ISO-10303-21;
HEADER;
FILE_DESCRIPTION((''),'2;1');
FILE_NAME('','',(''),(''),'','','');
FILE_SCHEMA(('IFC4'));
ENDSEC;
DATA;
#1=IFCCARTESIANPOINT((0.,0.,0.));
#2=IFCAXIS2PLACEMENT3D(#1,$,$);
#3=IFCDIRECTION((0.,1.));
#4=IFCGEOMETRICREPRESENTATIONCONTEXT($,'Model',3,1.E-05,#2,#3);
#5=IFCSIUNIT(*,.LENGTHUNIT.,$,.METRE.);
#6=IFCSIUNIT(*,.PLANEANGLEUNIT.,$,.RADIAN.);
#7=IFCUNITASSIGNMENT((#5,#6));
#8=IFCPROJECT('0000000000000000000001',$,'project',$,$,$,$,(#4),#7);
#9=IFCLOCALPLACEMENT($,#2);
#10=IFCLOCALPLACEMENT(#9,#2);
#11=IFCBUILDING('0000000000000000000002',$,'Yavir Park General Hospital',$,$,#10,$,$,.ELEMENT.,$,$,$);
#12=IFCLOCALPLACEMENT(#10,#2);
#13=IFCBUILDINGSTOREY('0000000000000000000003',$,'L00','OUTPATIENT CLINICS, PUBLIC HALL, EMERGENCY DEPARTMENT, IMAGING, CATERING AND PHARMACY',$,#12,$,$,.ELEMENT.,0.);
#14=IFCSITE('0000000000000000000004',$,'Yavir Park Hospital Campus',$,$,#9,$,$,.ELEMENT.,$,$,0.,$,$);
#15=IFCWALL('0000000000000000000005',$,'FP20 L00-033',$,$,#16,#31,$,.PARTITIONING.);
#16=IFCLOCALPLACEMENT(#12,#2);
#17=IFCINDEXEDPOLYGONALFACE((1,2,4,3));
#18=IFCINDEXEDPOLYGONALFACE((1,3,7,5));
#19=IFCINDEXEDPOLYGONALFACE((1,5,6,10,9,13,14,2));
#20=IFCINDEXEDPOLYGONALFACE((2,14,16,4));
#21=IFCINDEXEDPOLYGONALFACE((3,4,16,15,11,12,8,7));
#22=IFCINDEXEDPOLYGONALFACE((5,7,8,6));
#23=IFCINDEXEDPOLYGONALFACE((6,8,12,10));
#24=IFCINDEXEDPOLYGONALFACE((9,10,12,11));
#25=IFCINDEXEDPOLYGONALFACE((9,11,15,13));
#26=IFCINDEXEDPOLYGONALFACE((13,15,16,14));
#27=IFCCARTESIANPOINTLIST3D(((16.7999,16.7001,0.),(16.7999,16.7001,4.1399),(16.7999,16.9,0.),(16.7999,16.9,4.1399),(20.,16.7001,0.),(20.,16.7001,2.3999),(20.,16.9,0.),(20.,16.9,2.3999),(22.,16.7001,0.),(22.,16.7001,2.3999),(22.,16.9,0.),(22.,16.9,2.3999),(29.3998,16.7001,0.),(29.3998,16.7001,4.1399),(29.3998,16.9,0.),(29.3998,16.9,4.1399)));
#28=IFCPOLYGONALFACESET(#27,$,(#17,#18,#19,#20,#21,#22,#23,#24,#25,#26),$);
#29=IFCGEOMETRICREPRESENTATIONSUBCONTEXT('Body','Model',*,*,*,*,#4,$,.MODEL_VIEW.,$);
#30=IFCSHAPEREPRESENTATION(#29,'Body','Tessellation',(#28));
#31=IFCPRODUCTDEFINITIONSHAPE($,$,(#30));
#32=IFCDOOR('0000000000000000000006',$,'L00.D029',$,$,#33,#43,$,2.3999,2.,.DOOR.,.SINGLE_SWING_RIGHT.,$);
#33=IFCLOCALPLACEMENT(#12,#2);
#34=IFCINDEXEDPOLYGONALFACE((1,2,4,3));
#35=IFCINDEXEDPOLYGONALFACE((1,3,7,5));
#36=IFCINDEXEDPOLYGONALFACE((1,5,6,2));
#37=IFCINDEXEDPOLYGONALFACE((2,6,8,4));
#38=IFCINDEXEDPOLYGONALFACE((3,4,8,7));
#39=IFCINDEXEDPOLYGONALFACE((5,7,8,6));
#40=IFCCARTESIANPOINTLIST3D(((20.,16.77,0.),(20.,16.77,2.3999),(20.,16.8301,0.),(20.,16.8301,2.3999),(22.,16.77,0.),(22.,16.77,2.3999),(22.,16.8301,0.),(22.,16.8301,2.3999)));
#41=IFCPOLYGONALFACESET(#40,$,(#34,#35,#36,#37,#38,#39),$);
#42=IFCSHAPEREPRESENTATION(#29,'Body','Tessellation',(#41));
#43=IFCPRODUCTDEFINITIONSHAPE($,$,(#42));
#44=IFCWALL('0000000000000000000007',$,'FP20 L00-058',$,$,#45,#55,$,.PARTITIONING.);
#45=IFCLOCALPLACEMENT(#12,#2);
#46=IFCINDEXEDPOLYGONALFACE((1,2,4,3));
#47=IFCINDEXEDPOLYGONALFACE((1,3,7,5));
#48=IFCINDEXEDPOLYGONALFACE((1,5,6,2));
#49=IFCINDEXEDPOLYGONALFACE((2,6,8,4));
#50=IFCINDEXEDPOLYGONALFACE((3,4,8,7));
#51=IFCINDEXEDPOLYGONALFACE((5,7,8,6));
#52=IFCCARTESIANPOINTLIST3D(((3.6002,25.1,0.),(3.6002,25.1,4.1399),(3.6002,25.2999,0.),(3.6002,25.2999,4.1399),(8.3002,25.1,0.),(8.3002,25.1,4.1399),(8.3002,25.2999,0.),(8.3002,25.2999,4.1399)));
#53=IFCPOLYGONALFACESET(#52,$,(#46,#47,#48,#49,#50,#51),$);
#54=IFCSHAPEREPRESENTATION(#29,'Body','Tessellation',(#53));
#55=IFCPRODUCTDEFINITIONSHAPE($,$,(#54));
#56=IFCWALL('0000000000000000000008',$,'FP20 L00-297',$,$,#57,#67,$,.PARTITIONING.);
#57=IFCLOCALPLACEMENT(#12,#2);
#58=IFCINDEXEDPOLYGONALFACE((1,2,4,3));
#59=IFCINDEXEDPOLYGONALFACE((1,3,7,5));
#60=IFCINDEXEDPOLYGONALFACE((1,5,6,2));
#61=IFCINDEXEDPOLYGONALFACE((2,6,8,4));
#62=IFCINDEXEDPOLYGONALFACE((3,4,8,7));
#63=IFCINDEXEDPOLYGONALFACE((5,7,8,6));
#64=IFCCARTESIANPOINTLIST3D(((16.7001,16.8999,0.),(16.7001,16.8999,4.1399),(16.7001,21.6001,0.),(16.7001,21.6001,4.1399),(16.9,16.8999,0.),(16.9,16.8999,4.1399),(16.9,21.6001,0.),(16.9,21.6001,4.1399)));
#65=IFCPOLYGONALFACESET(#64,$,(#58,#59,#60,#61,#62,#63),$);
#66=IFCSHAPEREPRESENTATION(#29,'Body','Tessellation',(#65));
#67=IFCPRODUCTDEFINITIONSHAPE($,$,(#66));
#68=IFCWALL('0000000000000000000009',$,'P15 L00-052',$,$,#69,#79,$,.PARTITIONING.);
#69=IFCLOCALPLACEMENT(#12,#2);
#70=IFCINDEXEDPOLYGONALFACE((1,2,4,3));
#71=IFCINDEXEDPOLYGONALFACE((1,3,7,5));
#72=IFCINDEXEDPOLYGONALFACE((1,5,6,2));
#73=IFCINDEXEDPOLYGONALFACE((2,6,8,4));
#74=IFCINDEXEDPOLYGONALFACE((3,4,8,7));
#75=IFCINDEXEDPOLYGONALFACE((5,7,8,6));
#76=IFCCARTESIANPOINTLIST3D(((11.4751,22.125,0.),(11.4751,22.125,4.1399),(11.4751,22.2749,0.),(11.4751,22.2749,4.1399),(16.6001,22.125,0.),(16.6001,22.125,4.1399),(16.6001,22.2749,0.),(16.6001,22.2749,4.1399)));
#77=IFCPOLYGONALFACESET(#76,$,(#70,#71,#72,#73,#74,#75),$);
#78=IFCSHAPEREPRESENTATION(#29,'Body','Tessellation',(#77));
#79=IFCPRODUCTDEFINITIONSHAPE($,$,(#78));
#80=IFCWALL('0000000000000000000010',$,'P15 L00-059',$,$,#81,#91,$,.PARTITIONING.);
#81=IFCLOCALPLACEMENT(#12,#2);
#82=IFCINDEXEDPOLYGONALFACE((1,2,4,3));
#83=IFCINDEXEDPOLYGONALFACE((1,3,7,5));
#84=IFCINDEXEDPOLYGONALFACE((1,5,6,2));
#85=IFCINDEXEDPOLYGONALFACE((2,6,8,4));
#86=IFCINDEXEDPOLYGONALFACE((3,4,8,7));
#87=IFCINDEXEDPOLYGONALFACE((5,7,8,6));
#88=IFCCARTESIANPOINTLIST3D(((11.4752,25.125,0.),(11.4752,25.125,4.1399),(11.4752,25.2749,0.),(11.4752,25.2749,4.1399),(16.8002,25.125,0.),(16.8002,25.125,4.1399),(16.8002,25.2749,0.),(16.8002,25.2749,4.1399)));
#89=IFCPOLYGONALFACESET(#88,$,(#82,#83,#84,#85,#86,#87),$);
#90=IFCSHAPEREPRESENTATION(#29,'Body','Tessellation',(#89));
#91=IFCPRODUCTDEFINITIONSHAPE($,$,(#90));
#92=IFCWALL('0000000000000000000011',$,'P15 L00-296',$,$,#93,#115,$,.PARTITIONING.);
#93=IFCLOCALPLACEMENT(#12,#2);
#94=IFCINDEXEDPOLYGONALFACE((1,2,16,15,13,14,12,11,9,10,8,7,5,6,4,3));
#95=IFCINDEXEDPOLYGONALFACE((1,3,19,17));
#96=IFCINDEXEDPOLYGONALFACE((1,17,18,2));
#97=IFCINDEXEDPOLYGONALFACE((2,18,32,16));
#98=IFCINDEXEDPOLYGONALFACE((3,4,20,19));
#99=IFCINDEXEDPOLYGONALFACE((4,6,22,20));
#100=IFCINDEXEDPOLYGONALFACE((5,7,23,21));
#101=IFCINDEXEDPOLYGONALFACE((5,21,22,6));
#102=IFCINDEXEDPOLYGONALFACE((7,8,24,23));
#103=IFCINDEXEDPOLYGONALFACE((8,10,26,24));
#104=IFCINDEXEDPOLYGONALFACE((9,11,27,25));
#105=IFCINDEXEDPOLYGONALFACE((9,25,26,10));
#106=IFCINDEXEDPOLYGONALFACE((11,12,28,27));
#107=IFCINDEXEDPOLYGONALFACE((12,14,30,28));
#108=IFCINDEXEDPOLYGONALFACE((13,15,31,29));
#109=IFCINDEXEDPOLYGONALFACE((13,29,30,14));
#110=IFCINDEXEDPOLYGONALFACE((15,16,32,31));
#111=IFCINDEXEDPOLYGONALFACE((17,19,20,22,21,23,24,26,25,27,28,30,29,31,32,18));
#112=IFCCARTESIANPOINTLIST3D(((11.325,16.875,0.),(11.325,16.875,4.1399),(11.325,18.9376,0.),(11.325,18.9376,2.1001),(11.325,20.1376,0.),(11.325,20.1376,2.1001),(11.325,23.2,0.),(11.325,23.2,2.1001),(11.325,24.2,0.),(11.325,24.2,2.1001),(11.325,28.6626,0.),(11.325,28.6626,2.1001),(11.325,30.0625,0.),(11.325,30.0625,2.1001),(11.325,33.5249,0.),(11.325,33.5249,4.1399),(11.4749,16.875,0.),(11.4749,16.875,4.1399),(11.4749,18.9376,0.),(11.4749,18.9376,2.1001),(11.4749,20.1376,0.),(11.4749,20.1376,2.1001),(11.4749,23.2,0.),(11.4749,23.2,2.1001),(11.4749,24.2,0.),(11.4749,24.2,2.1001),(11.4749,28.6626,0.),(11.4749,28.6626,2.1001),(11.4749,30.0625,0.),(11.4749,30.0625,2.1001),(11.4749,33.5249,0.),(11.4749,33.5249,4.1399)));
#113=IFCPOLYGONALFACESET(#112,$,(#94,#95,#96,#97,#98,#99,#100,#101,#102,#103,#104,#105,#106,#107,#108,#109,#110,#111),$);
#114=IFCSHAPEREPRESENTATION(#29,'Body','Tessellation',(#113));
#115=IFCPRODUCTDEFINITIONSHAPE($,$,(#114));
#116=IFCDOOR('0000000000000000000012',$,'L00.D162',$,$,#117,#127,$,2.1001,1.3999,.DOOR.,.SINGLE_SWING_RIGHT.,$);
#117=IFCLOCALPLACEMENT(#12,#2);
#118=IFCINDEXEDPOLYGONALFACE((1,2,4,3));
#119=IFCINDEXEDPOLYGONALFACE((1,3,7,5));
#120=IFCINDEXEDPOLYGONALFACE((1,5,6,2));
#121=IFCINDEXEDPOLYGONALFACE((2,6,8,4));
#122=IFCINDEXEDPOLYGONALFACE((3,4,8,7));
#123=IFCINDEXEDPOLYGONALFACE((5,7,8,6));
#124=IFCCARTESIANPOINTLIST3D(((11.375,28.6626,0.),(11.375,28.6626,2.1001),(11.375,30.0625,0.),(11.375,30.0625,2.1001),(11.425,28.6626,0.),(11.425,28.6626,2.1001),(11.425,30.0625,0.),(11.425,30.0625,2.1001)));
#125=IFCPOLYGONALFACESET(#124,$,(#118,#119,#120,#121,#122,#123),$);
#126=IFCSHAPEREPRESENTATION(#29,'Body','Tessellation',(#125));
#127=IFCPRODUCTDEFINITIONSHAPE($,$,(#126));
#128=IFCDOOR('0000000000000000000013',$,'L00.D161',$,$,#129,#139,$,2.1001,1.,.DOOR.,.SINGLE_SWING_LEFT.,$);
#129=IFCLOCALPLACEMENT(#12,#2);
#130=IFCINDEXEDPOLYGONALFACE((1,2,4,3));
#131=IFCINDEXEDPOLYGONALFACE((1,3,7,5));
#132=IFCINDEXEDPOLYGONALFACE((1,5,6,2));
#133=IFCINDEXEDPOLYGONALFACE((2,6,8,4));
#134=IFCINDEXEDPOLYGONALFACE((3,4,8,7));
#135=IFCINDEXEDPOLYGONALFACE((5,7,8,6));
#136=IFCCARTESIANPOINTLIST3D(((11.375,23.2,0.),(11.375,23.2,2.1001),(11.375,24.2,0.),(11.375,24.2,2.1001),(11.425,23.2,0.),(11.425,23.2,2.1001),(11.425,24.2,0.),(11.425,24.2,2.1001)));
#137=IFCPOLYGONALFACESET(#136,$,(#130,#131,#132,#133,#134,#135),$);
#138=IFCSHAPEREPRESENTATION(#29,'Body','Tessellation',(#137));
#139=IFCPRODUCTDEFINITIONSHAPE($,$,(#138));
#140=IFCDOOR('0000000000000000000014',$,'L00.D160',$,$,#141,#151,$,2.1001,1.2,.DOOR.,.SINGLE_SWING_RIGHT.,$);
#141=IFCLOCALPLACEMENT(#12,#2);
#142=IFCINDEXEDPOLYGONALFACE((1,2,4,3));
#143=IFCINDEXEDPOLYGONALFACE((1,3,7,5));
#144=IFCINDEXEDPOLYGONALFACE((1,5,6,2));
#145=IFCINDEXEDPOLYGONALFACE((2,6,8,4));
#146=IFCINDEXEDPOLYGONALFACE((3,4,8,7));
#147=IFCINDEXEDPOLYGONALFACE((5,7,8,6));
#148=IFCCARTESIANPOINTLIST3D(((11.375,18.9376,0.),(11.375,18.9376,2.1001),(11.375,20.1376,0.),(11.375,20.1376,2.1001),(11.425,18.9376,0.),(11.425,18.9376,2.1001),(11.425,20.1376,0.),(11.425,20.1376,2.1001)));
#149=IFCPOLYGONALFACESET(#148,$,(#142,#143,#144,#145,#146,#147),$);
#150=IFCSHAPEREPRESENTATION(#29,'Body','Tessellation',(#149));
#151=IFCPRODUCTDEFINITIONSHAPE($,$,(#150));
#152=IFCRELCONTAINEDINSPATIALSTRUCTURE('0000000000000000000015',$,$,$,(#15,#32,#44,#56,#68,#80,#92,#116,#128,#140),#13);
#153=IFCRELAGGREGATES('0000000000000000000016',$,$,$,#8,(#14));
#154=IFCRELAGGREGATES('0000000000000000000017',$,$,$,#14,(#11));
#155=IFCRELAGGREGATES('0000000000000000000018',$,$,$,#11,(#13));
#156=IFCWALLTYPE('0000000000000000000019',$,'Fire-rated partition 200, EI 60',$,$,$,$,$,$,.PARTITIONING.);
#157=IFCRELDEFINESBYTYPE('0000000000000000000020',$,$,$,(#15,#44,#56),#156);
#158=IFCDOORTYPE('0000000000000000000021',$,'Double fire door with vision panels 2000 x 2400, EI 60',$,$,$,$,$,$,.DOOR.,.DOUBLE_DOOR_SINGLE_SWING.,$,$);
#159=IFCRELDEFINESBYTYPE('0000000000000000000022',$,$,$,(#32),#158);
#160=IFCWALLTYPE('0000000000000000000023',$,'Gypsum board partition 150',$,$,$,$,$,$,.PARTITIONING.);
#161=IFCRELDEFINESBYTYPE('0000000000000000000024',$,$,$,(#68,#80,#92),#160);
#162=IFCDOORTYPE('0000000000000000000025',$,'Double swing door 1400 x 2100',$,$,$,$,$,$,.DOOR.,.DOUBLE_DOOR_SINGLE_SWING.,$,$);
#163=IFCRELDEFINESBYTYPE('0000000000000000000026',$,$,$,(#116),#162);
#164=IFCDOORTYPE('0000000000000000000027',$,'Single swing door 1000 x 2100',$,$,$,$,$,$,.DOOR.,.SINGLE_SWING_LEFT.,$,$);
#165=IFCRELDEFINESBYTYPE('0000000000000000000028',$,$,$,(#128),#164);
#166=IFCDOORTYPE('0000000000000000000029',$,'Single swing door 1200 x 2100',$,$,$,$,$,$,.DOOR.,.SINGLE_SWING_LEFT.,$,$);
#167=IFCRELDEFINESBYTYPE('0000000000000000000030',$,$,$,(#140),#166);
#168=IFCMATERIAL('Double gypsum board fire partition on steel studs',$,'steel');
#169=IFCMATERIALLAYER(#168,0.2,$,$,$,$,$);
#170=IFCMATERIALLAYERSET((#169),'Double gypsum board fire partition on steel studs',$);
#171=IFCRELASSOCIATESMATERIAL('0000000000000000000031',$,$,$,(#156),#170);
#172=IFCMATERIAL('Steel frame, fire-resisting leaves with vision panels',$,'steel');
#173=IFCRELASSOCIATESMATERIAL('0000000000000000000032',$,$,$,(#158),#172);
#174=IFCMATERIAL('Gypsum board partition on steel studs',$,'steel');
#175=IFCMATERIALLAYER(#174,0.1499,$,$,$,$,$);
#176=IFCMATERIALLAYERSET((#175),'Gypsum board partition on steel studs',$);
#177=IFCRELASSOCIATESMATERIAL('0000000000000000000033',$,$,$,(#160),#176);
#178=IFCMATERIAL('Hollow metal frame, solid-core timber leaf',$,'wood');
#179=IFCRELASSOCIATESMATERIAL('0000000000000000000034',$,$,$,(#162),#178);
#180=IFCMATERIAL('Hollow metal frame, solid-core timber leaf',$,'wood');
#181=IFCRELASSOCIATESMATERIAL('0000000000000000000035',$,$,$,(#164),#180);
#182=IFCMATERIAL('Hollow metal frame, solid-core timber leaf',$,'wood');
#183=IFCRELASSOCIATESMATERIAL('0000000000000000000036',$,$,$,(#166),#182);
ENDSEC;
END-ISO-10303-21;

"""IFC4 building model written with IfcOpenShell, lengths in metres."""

from ifc_helpers import new_model, si_unit, direction, frame, frame_2d, origin, place, context, subcontext, project, spatial, rectangle, extrude, material, layer, layer_set, type_object, element, fill, save


model = new_model("IFC4")

# Units and contexts
model_context = context("Model", 3, precision=1e-05, world=origin(), true_north=direction((0.0, 1.0)))
body_context = subcontext(model_context, "Body", "Model", "MODEL_VIEW")
ifc_project = project(units=[si_unit("LENGTHUNIT", "METRE"), si_unit("PLANEANGLEUNIT", "RADIAN")], contexts=[model_context])

# Site, building, storey
site_placement = place(None, origin())
site = spatial("IfcSite", under=ifc_project, at=site_placement, Name="Yavir Park Hospital Campus", CompositionType="ELEMENT", RefElevation=0.0)
building_placement = place(site_placement, origin())
building = spatial("IfcBuilding", under=site, at=building_placement, Name="Yavir Park General Hospital", CompositionType="ELEMENT")
storey_placement = place(building_placement, origin())
storey = spatial("IfcBuildingStorey", under=building, at=storey_placement, Name="L00", Description="OUTPATIENT CLINICS, PUBLIC HALL, EMERGENCY DEPARTMENT, IMAGING, CATERING AND PHARMACY", CompositionType="ELEMENT", Elevation=0.0)

# Wall, opening, door
ifc_material_1 = material(Name="Double gypsum board fire partition on steel studs", Category="steel")
ifc_layer_1 = layer(ifc_material_1, 0.2)
ifc_layer_set_1 = layer_set([ifc_layer_1], Name="Double gypsum board fire partition on steel studs")
wall_type_1 = type_object("IfcWallType", Name="Fire-rated partition 200, EI 60", PredefinedType="PARTITIONING", material=ifc_layer_set_1)
wall_1_placement = place(storey_placement, frame((16.8, 16.8, 0.0), z_axis=(0.0, 0.0, 1.0), x_axis=(1.0, 0.0, 0.0)))
wall_1 = element("IfcWall", 1, at=wall_1_placement, inside=storey, type_object=wall_type_1, Name="FP20 L00-033", PredefinedType="PARTITIONING", context=body_context, shape_type="SweptSolid", body=[
    extrude(rectangle(XDim=12.5999, YDim=0.2, at=frame_2d((6.2998, 0.0))), origin(), (0.0, 0.0, 1.0), 4.1399),
])
opening_1_placement = place(wall_1_placement, frame((3.2, 0.0, 0.0)))
opening_1 = element("IfcOpeningElement", 2, at=opening_1_placement, cuts=wall_1, PredefinedType="OPENING", context=body_context, shape_type="SweptSolid", body=[
    extrude(rectangle(XDim=2.0, YDim=2.3999, at=frame_2d((1.0, 1.2))), frame((0.0, 0.1099, 0.0), z_axis=(0.0, -1.0, 0.0), x_axis=(1.0, 0.0, 0.0)), (0.0, 0.0, 1.0), 0.22),
])
ifc_material_2 = material(Name="Steel frame, fire-resisting leaves with vision panels", Category="steel")
door_type_1 = type_object("IfcDoorType", Name="Double fire door with vision panels 2000 x 2400, EI 60", OperationType="DOUBLE_DOOR_SINGLE_SWING", PredefinedType="DOOR", material=ifc_material_2)
door_1_placement = place(opening_1_placement, origin())
door_1 = element("IfcDoor", 3, at=door_1_placement, inside=storey, type_object=door_type_1, Name="L00.D029", OperationType="SINGLE_SWING_RIGHT", OverallHeight=2.3999, OverallWidth=2.0, PredefinedType="DOOR", context=body_context, shape_type="SweptSolid", body=[
    extrude(rectangle(XDim=2.0, YDim=2.3999, at=frame_2d((1.0, 1.2))), frame((0.0, 0.03, 0.0), z_axis=(0.0, -1.0, 0.0), x_axis=(1.0, 0.0, 0.0)), (0.0, 0.0, 1.0), 0.0601),
])
fill(opening_1, door_1)

# Walls
wall_2_placement = place(storey_placement, frame((3.6001, 25.2, 0.0), z_axis=(0.0, 0.0, 1.0), x_axis=(1.0, 0.0, 0.0)))
element("IfcWall", 4, at=wall_2_placement, inside=storey, type_object=wall_type_1, Name="FP20 L00-058", PredefinedType="PARTITIONING", context=body_context, shape_type="SweptSolid", body=[
    extrude(rectangle(XDim=4.7, YDim=0.2, at=frame_2d((2.3501, 0.0))), origin(), (0.0, 0.0, 1.0), 4.1399),
])
wall_3_placement = place(storey_placement, frame((16.8, 16.8999, 0.0), z_axis=(0.0, 0.0, 1.0), x_axis=(0.0, 1.0, 0.0)))
element("IfcWall", 5, at=wall_3_placement, inside=storey, type_object=wall_type_1, Name="FP20 L00-297", PredefinedType="PARTITIONING", context=body_context, shape_type="SweptSolid", body=[
    extrude(rectangle(XDim=4.7002, YDim=0.2, at=frame_2d((2.3501, 0.0))), origin(), (0.0, 0.0, 1.0), 4.1399),
])
ifc_material_3 = material(Name="Gypsum board partition on steel studs", Category="steel")
ifc_layer_2 = layer(ifc_material_3, 0.1499)
ifc_layer_set_2 = layer_set([ifc_layer_2], Name="Gypsum board partition on steel studs")
wall_type_2 = type_object("IfcWallType", Name="Gypsum board partition 150", PredefinedType="PARTITIONING", material=ifc_layer_set_2)
wall_4_placement = place(storey_placement, frame((11.4751, 22.2, 0.0), z_axis=(0.0, 0.0, 1.0), x_axis=(1.0, 0.0, 0.0)))
element("IfcWall", 6, at=wall_4_placement, inside=storey, type_object=wall_type_2, Name="P15 L00-052", PredefinedType="PARTITIONING", context=body_context, shape_type="SweptSolid", body=[
    extrude(rectangle(XDim=5.125, YDim=0.1499, at=frame_2d((2.5625, 0.0))), origin(), (0.0, 0.0, 1.0), 4.1399),
])
wall_5_placement = place(storey_placement, frame((11.4751, 25.2, 0.0), z_axis=(0.0, 0.0, 1.0), x_axis=(1.0, 0.0, 0.0)))
element("IfcWall", 7, at=wall_5_placement, inside=storey, type_object=wall_type_2, Name="P15 L00-059", PredefinedType="PARTITIONING", context=body_context, shape_type="SweptSolid", body=[
    extrude(rectangle(XDim=5.325, YDim=0.1499, at=frame_2d((2.6626, 0.0))), origin(), (0.0, 0.0, 1.0), 4.1399),
])

# Wall, openings, doors
wall_6_placement = place(storey_placement, frame((11.3999, 16.875, 0.0), z_axis=(0.0, 0.0, 1.0), x_axis=(0.0, 1.0, 0.0)))
wall_6 = element("IfcWall", 8, at=wall_6_placement, inside=storey, type_object=wall_type_2, Name="P15 L00-296", PredefinedType="PARTITIONING", context=body_context, shape_type="SweptSolid", body=[
    extrude(rectangle(XDim=16.6499, YDim=0.1499, at=frame_2d((8.325, 0.0))), origin(), (0.0, 0.0, 1.0), 4.1399),
])
opening_2_placement = place(wall_6_placement, frame((2.0625, 0.0, 0.0)))
opening_2 = element("IfcOpeningElement", 9, at=opening_2_placement, cuts=wall_6, PredefinedType="OPENING", context=body_context, shape_type="SweptSolid", body=[
    extrude(rectangle(XDim=1.2, YDim=2.1001, at=frame_2d((0.6001, 1.05))), frame((0.0, 0.085, 0.0), z_axis=(0.0, -1.0, 0.0), x_axis=(1.0, 0.0, 0.0)), (0.0, 0.0, 1.0), 0.1699),
])
opening_3_placement = place(wall_6_placement, frame((6.325, 0.0, 0.0)))
opening_3 = element("IfcOpeningElement", 10, at=opening_3_placement, cuts=wall_6, PredefinedType="OPENING", context=body_context, shape_type="SweptSolid", body=[
    extrude(rectangle(XDim=1.0, YDim=2.1001, at=frame_2d((0.5, 1.05))), frame((0.0, 0.085, 0.0), z_axis=(0.0, -1.0, 0.0), x_axis=(1.0, 0.0, 0.0)), (0.0, 0.0, 1.0), 0.1699),
])
opening_4_placement = place(wall_6_placement, frame((11.7876, 0.0, 0.0)))
opening_4 = element("IfcOpeningElement", 11, at=opening_4_placement, cuts=wall_6, PredefinedType="OPENING", context=body_context, shape_type="SweptSolid", body=[
    extrude(rectangle(XDim=1.3999, YDim=2.1001, at=frame_2d((0.7, 1.05))), frame((0.0, 0.085, 0.0), z_axis=(0.0, -1.0, 0.0), x_axis=(1.0, 0.0, 0.0)), (0.0, 0.0, 1.0), 0.1699),
])
ifc_material_4 = material(Name="Hollow metal frame, solid-core timber leaf", Category="wood")
door_type_2 = type_object("IfcDoorType", Name="Double swing door 1400 x 2100", OperationType="DOUBLE_DOOR_SINGLE_SWING", PredefinedType="DOOR", material=ifc_material_4)
door_2_placement = place(opening_4_placement, origin())
door_2 = element("IfcDoor", 12, at=door_2_placement, inside=storey, type_object=door_type_2, Name="L00.D162", OperationType="SINGLE_SWING_RIGHT", OverallHeight=2.1001, OverallWidth=1.3999, PredefinedType="DOOR", context=body_context, shape_type="SweptSolid", body=[
    extrude(rectangle(XDim=1.3999, YDim=2.1001, at=frame_2d((0.7, 1.05))), frame((0.0, 0.0249, 0.0), z_axis=(0.0, -1.0, 0.0), x_axis=(1.0, 0.0, 0.0)), (0.0, 0.0, 1.0), 0.05),
])
fill(opening_4, door_2)
ifc_material_5 = material(Name="Hollow metal frame, solid-core timber leaf", Category="wood")
door_type_3 = type_object("IfcDoorType", Name="Single swing door 1000 x 2100", OperationType="SINGLE_SWING_LEFT", PredefinedType="DOOR", material=ifc_material_5)
door_3_placement = place(opening_3_placement, origin())
door_3 = element("IfcDoor", 13, at=door_3_placement, inside=storey, type_object=door_type_3, Name="L00.D161", OperationType="SINGLE_SWING_LEFT", OverallHeight=2.1001, OverallWidth=1.0, PredefinedType="DOOR", context=body_context, shape_type="SweptSolid", body=[
    extrude(rectangle(XDim=1.0, YDim=2.1001, at=frame_2d((0.5, 1.05))), frame((0.0, 0.0249, 0.0), z_axis=(0.0, -1.0, 0.0), x_axis=(1.0, 0.0, 0.0)), (0.0, 0.0, 1.0), 0.05),
])
fill(opening_3, door_3)
ifc_material_6 = material(Name="Hollow metal frame, solid-core timber leaf", Category="wood")
door_type_4 = type_object("IfcDoorType", Name="Single swing door 1200 x 2100", OperationType="SINGLE_SWING_LEFT", PredefinedType="DOOR", material=ifc_material_6)
door_4_placement = place(opening_2_placement, origin())
door_4 = element("IfcDoor", 14, at=door_4_placement, inside=storey, type_object=door_type_4, Name="L00.D160", OperationType="SINGLE_SWING_RIGHT", OverallHeight=2.1001, OverallWidth=1.2, PredefinedType="DOOR", context=body_context, shape_type="SweptSolid", body=[
    extrude(rectangle(XDim=1.2, YDim=2.1001, at=frame_2d((0.6001, 1.05))), frame((0.0, 0.0249, 0.0), z_axis=(0.0, -1.0, 0.0), x_axis=(1.0, 0.0, 0.0)), (0.0, 0.0, 1.0), 0.05),
])
fill(opening_2, door_4)

save(model, "model.ifc")
